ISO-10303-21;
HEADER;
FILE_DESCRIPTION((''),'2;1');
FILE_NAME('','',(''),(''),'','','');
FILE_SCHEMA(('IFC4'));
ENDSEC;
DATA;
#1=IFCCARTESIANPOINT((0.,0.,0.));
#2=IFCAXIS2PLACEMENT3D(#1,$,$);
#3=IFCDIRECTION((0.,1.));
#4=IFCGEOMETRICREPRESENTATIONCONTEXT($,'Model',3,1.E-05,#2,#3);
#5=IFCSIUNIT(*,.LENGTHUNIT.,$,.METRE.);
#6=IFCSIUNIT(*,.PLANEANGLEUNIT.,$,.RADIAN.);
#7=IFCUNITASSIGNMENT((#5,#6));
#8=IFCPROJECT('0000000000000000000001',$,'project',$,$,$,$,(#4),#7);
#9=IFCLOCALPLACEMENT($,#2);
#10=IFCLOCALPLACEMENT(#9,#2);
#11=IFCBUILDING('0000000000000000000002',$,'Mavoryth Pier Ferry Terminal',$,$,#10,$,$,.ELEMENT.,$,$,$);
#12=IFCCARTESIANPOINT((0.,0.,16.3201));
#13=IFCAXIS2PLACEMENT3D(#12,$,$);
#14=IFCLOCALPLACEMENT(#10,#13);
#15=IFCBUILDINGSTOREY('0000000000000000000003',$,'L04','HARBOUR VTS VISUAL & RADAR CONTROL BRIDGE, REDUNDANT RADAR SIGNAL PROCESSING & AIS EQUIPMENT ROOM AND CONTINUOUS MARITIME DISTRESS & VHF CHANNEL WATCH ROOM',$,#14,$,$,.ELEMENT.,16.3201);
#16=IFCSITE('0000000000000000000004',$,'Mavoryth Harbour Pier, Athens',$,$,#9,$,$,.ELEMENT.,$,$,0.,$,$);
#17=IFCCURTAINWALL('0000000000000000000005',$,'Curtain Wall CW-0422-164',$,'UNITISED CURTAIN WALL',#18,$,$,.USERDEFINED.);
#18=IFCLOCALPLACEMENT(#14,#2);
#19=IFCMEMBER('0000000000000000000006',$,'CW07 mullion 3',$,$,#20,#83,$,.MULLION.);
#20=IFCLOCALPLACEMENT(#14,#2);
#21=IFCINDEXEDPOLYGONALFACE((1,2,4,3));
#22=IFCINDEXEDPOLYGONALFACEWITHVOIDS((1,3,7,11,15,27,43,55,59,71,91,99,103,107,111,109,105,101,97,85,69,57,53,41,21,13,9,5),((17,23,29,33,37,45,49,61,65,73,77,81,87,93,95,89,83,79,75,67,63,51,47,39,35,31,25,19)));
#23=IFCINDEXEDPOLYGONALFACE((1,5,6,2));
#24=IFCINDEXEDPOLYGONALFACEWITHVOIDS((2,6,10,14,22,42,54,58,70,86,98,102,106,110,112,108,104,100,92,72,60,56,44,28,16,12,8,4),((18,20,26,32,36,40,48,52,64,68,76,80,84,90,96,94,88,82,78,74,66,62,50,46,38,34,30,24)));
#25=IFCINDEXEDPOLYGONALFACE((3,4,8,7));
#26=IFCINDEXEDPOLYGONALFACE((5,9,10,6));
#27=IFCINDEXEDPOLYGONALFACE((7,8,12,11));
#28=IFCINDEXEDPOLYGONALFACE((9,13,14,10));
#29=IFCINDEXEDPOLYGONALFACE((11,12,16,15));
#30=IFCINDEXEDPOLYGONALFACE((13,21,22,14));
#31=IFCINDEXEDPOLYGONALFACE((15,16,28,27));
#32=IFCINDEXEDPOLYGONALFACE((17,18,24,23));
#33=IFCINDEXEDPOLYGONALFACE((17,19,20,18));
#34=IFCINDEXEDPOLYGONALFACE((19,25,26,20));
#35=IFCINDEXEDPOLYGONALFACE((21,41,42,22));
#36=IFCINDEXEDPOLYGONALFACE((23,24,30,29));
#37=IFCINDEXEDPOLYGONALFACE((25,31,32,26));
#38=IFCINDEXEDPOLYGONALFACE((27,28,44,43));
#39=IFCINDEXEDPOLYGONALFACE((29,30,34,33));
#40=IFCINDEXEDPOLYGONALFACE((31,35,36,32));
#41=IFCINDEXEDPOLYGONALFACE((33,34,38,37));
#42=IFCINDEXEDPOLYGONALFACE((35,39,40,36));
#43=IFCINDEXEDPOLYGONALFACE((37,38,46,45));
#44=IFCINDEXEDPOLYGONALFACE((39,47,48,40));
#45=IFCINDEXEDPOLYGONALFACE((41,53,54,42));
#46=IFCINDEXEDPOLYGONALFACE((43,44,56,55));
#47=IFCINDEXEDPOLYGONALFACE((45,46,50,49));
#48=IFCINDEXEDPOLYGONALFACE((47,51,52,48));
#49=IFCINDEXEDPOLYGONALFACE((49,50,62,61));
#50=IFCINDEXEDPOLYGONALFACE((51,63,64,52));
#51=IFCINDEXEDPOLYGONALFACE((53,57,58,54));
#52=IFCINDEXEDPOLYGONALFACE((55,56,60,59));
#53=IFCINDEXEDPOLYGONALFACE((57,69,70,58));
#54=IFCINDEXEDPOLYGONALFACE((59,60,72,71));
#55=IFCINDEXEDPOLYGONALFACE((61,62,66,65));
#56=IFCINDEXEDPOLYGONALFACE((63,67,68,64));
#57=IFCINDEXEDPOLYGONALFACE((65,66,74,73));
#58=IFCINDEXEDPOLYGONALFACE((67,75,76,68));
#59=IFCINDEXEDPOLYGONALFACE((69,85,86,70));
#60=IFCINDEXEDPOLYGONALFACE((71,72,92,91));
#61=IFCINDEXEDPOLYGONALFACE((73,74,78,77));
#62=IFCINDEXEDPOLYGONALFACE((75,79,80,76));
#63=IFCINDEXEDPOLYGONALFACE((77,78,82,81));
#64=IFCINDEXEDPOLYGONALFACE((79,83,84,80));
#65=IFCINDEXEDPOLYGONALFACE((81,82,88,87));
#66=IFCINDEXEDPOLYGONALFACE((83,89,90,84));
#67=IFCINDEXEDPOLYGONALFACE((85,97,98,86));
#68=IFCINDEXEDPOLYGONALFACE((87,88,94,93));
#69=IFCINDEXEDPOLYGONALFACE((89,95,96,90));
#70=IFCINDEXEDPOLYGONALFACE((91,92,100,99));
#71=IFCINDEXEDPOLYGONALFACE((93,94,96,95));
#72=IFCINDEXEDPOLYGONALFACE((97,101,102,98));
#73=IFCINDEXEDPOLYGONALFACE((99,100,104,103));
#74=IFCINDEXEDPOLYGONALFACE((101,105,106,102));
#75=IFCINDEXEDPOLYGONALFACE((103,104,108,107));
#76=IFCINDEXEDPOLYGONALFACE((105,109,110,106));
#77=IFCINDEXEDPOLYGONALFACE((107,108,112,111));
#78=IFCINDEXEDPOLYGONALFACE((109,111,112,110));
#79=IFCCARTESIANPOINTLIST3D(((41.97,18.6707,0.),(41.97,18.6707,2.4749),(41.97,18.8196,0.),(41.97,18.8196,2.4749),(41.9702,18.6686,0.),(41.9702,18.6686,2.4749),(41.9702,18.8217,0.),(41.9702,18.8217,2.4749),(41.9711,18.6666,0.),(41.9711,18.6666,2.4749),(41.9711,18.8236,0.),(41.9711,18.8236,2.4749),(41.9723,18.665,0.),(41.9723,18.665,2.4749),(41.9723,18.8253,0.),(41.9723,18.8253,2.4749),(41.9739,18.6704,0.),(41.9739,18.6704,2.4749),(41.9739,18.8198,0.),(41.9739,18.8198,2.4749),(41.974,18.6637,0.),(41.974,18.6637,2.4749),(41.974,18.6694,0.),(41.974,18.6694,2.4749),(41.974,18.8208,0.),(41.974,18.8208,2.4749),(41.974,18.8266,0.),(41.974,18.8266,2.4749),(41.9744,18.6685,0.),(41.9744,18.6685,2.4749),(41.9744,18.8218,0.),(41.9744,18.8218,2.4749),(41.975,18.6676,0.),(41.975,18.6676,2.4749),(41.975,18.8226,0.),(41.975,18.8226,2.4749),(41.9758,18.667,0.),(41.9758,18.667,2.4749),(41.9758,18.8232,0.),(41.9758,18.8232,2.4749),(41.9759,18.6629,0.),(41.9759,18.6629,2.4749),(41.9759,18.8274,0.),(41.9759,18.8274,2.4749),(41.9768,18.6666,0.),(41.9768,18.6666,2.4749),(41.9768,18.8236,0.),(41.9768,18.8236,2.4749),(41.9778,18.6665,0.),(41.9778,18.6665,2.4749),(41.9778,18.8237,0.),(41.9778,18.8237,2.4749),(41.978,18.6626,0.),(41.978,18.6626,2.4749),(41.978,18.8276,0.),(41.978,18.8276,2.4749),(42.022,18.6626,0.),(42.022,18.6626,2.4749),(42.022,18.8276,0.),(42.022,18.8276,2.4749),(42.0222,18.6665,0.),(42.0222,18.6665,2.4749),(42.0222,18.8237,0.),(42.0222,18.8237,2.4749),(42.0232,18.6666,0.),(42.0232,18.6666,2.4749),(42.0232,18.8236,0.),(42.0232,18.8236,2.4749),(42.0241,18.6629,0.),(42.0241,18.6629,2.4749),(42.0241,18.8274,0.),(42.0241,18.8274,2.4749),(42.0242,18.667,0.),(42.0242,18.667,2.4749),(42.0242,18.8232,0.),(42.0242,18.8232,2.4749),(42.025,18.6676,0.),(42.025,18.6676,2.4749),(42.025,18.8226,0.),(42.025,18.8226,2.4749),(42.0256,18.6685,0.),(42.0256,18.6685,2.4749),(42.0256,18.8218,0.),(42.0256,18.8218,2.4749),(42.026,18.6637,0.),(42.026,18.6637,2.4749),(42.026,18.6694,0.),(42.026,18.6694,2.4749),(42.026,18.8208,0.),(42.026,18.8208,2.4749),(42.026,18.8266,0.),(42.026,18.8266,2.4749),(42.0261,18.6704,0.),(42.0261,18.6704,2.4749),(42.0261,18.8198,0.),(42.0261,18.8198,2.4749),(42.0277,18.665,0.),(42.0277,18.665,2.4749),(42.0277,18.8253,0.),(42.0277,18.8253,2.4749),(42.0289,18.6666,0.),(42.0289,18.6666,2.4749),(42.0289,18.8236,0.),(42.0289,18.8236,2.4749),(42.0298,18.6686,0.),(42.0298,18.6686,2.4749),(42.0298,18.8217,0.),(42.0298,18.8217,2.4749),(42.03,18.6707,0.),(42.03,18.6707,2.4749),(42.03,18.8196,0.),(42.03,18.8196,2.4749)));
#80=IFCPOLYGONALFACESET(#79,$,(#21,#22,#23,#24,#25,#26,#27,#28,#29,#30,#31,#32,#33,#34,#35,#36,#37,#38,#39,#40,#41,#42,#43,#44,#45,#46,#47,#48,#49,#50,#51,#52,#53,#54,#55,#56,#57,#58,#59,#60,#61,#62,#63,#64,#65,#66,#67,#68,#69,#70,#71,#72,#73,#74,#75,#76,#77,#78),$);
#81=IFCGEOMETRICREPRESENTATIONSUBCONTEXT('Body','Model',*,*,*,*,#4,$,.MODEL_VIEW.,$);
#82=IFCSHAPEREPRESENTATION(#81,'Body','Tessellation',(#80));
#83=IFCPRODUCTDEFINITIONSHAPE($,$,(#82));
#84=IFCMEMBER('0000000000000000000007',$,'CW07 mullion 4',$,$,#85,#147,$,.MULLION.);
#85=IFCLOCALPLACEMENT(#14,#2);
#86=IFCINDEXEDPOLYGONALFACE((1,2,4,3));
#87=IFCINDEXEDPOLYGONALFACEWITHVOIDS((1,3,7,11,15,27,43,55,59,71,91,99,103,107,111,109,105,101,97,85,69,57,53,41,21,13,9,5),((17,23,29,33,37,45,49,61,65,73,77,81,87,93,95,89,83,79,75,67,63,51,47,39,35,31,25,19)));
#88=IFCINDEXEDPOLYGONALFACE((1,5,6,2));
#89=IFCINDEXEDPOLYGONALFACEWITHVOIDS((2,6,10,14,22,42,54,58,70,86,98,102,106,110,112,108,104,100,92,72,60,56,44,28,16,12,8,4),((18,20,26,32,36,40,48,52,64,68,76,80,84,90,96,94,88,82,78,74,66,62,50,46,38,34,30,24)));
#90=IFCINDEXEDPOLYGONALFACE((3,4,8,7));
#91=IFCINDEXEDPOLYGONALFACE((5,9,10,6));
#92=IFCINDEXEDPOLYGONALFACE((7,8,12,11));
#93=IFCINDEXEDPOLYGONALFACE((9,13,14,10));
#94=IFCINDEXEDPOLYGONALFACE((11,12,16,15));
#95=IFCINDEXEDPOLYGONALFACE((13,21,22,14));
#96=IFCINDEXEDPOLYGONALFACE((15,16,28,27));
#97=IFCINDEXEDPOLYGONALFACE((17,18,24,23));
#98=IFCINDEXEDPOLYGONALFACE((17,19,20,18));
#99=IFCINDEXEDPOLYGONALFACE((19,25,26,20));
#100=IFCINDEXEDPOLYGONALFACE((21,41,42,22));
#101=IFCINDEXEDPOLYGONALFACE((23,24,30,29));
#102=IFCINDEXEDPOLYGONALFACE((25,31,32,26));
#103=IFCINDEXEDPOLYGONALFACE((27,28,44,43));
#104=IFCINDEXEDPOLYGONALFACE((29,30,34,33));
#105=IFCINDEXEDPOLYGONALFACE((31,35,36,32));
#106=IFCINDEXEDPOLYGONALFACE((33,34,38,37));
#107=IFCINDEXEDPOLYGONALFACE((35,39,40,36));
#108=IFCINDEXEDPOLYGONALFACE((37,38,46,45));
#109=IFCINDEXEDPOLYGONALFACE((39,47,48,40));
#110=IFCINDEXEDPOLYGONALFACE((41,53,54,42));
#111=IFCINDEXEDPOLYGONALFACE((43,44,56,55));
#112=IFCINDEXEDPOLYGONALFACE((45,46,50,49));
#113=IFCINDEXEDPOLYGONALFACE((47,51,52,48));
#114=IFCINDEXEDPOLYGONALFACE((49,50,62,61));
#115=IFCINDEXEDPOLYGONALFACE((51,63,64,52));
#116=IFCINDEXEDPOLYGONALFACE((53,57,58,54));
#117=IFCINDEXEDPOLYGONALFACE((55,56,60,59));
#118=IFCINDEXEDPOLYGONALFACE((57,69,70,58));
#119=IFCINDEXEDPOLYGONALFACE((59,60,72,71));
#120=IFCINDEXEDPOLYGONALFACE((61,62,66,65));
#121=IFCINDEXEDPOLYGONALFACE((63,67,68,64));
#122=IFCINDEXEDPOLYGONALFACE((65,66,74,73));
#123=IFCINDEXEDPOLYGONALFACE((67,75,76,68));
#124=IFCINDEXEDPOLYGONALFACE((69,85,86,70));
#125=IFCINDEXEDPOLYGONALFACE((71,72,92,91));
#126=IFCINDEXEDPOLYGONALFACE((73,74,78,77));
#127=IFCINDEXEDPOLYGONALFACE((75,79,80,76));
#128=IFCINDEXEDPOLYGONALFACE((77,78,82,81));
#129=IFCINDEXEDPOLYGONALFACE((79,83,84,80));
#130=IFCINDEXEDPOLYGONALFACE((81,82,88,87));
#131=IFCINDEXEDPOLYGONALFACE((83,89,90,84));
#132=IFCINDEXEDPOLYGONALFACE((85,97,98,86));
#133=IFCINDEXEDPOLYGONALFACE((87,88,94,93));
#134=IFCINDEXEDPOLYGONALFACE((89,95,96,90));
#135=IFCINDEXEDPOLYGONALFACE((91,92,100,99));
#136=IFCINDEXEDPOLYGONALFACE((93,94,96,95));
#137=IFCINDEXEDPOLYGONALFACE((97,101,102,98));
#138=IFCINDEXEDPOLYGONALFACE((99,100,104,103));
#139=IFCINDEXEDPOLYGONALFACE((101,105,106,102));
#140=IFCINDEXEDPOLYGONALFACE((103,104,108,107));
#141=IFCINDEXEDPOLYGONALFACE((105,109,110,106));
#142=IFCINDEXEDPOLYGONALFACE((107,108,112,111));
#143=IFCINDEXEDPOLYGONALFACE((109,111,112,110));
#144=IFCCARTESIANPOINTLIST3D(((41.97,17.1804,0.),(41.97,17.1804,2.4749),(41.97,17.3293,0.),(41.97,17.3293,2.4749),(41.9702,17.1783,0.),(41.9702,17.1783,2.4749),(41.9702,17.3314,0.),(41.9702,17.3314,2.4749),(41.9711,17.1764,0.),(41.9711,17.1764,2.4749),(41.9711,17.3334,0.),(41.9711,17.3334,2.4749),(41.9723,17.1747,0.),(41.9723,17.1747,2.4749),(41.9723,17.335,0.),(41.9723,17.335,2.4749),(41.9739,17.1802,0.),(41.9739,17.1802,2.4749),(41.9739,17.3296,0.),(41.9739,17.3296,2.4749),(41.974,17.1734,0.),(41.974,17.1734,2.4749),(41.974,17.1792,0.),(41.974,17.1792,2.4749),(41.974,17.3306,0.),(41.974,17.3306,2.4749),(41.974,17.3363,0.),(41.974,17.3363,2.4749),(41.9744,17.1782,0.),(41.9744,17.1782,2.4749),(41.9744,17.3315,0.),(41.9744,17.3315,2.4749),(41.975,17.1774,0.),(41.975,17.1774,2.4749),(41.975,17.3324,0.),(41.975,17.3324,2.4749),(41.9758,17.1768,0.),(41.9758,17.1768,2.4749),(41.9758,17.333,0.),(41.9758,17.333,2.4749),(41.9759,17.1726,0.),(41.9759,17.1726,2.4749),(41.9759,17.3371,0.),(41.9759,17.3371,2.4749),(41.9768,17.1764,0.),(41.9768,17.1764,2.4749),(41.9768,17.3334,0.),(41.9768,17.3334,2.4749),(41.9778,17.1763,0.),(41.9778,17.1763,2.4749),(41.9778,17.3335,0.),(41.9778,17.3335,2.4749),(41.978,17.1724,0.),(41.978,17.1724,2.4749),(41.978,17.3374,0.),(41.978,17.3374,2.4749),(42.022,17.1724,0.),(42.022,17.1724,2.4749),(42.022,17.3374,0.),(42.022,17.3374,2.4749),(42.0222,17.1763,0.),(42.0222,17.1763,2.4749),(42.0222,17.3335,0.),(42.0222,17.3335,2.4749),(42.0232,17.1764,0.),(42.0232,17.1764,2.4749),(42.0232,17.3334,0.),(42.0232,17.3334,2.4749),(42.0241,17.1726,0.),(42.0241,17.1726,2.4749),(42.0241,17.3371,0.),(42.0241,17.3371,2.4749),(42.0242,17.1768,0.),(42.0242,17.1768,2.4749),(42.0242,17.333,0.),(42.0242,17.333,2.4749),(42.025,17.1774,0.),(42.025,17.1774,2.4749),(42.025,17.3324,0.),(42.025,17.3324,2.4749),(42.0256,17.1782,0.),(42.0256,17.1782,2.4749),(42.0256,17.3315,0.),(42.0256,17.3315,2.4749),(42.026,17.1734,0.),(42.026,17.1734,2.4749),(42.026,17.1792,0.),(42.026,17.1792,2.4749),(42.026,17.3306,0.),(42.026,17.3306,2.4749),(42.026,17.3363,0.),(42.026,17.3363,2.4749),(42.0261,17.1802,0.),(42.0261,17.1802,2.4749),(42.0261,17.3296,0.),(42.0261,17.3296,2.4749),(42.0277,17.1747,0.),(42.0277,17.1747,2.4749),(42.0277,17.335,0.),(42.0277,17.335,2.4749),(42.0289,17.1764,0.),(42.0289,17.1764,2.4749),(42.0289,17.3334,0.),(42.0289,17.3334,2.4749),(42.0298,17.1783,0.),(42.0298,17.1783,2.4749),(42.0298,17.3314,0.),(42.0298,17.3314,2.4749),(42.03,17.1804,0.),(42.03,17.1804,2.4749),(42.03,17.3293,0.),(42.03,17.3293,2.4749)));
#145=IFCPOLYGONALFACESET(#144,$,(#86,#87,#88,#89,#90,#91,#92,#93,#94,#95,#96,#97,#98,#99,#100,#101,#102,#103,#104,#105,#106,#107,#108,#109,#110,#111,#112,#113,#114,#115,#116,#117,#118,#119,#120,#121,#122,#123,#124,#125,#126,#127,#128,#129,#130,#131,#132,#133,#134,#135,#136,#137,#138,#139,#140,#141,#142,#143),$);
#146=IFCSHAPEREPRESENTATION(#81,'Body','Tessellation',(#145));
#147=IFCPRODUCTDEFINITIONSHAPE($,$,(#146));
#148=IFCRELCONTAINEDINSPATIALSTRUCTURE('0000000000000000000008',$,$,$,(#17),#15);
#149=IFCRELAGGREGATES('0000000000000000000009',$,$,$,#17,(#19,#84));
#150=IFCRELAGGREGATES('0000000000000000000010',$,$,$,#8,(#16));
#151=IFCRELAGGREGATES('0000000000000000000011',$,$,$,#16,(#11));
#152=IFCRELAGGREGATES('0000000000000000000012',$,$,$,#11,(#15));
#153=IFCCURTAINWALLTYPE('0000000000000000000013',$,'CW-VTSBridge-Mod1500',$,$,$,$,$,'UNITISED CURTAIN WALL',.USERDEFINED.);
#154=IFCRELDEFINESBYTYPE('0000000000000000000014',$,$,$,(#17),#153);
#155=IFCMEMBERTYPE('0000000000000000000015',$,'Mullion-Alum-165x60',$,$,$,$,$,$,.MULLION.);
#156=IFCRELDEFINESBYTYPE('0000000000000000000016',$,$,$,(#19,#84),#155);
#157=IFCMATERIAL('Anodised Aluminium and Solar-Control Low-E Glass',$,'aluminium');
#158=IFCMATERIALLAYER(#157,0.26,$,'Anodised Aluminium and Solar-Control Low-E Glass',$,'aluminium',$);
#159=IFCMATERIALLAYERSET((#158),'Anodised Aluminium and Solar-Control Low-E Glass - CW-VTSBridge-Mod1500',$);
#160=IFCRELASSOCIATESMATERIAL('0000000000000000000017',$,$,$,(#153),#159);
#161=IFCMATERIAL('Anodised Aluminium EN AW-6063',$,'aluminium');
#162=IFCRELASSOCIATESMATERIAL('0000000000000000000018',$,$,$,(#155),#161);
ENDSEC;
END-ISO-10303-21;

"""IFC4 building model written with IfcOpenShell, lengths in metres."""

from ifc_helpers import new_model, si_unit, direction, frame, origin, origin_2d, place, context, subcontext, project, spatial, hollow_rectangle, extrude, material, layer, layer_set, material_profile, profile_set, type_object, element, aggregate, save


model = new_model("IFC4")

# Units and contexts
model_context = context("Model", 3, precision=1e-05, world=origin(), true_north=direction((0.0, 1.0)))
body_context = subcontext(model_context, "Body", "Model", "MODEL_VIEW")
ifc_project = project(units=[si_unit("LENGTHUNIT", "METRE"), si_unit("PLANEANGLEUNIT", "RADIAN")], contexts=[model_context])

# Site, building, storey
site_placement = place(None, origin())
site = spatial("IfcSite", under=ifc_project, at=site_placement, Name="Mavoryth Harbour Pier, Athens", CompositionType="ELEMENT", RefElevation=0.0)
building_placement = place(site_placement, origin())
building = spatial("IfcBuilding", under=site, at=building_placement, Name="Mavoryth Pier Ferry Terminal", CompositionType="ELEMENT")
storey_placement = place(building_placement, frame((0.0, 0.0, 16.3201)))
storey = spatial("IfcBuildingStorey", under=building, at=storey_placement, Name="L04", Description="HARBOUR VTS VISUAL & RADAR CONTROL BRIDGE, REDUNDANT RADAR SIGNAL PROCESSING & AIS EQUIPMENT ROOM AND CONTINUOUS MARITIME DISTRESS & VHF CHANNEL WATCH ROOM", CompositionType="ELEMENT", Elevation=16.3201)

# Curtain wall, members
ifc_material_1 = material(Name="Anodised Aluminium and Solar-Control Low-E Glass", Category="aluminium")
ifc_layer_1 = layer(ifc_material_1, 0.26, Name="Anodised Aluminium and Solar-Control Low-E Glass", Category="aluminium")
ifc_layer_set_1 = layer_set([ifc_layer_1], Name="Anodised Aluminium and Solar-Control Low-E Glass - CW-VTSBridge-Mod1500")
curtain_wall_type = type_object("IfcCurtainWallType", Name="CW-VTSBridge-Mod1500", ElementType="UNITISED CURTAIN WALL", PredefinedType="USERDEFINED", material=ifc_layer_set_1)
curtain_wall_placement = place(storey_placement, origin())
curtain_wall = element("IfcCurtainWall", 1, at=curtain_wall_placement, inside=storey, type_object=curtain_wall_type, Name="Curtain Wall CW-0422-164", ObjectType="UNITISED CURTAIN WALL", PredefinedType="USERDEFINED")
ifc_material_2 = material(Name="Anodised Aluminium EN AW-6063", Category="aluminium")
ifc_material_profile_1 = material_profile(ifc_material_2, hollow_rectangle(XDim=0.0601, YDim=0.165, WallThickness=0.0039, InnerFilletRadius=0.0039, OuterFilletRadius=0.0081, at=origin_2d()), Name="AL-MULL 165x60x4", Category="aluminium")
ifc_profile_set_1 = profile_set([ifc_material_profile_1], Name="Anodised Aluminium EN AW-6063 - AL-MULL 165x60x4")
member_type_1 = type_object("IfcMemberType", Name="Mullion-Alum-165x60", PredefinedType="MULLION", material=ifc_profile_set_1)
member_1_placement = place(storey_placement, frame((42.0, 18.7451, 0.0), z_axis=(0.0, 0.0, 1.0), x_axis=(1.0, 0.0, 0.0)))
member_1 = element("IfcMember", 2, at=member_1_placement, type_object=member_type_1, Name="CW07 mullion 3", PredefinedType="MULLION", context=body_context, shape_type="SweptSolid", body=[
    extrude(hollow_rectangle(XDim=0.0601, YDim=0.165, WallThickness=0.0039, InnerFilletRadius=0.0039, OuterFilletRadius=0.0081, at=origin_2d()), origin(), (0.0, 0.0, 1.0), 2.4749),
])
member_2_placement = place(storey_placement, frame((42.0, 17.2549, 0.0), z_axis=(0.0, 0.0, 1.0), x_axis=(1.0, 0.0, 0.0)))
member_2 = element("IfcMember", 3, at=member_2_placement, type_object=member_type_1, Name="CW07 mullion 4", PredefinedType="MULLION", context=body_context, shape_type="SweptSolid", body=[
    extrude(hollow_rectangle(XDim=0.0601, YDim=0.165, WallThickness=0.0039, InnerFilletRadius=0.0039, OuterFilletRadius=0.0081, at=origin_2d()), origin(), (0.0, 0.0, 1.0), 2.4749),
])
aggregate(curtain_wall, [member_1, member_2])

save(model, "model.ifc")
